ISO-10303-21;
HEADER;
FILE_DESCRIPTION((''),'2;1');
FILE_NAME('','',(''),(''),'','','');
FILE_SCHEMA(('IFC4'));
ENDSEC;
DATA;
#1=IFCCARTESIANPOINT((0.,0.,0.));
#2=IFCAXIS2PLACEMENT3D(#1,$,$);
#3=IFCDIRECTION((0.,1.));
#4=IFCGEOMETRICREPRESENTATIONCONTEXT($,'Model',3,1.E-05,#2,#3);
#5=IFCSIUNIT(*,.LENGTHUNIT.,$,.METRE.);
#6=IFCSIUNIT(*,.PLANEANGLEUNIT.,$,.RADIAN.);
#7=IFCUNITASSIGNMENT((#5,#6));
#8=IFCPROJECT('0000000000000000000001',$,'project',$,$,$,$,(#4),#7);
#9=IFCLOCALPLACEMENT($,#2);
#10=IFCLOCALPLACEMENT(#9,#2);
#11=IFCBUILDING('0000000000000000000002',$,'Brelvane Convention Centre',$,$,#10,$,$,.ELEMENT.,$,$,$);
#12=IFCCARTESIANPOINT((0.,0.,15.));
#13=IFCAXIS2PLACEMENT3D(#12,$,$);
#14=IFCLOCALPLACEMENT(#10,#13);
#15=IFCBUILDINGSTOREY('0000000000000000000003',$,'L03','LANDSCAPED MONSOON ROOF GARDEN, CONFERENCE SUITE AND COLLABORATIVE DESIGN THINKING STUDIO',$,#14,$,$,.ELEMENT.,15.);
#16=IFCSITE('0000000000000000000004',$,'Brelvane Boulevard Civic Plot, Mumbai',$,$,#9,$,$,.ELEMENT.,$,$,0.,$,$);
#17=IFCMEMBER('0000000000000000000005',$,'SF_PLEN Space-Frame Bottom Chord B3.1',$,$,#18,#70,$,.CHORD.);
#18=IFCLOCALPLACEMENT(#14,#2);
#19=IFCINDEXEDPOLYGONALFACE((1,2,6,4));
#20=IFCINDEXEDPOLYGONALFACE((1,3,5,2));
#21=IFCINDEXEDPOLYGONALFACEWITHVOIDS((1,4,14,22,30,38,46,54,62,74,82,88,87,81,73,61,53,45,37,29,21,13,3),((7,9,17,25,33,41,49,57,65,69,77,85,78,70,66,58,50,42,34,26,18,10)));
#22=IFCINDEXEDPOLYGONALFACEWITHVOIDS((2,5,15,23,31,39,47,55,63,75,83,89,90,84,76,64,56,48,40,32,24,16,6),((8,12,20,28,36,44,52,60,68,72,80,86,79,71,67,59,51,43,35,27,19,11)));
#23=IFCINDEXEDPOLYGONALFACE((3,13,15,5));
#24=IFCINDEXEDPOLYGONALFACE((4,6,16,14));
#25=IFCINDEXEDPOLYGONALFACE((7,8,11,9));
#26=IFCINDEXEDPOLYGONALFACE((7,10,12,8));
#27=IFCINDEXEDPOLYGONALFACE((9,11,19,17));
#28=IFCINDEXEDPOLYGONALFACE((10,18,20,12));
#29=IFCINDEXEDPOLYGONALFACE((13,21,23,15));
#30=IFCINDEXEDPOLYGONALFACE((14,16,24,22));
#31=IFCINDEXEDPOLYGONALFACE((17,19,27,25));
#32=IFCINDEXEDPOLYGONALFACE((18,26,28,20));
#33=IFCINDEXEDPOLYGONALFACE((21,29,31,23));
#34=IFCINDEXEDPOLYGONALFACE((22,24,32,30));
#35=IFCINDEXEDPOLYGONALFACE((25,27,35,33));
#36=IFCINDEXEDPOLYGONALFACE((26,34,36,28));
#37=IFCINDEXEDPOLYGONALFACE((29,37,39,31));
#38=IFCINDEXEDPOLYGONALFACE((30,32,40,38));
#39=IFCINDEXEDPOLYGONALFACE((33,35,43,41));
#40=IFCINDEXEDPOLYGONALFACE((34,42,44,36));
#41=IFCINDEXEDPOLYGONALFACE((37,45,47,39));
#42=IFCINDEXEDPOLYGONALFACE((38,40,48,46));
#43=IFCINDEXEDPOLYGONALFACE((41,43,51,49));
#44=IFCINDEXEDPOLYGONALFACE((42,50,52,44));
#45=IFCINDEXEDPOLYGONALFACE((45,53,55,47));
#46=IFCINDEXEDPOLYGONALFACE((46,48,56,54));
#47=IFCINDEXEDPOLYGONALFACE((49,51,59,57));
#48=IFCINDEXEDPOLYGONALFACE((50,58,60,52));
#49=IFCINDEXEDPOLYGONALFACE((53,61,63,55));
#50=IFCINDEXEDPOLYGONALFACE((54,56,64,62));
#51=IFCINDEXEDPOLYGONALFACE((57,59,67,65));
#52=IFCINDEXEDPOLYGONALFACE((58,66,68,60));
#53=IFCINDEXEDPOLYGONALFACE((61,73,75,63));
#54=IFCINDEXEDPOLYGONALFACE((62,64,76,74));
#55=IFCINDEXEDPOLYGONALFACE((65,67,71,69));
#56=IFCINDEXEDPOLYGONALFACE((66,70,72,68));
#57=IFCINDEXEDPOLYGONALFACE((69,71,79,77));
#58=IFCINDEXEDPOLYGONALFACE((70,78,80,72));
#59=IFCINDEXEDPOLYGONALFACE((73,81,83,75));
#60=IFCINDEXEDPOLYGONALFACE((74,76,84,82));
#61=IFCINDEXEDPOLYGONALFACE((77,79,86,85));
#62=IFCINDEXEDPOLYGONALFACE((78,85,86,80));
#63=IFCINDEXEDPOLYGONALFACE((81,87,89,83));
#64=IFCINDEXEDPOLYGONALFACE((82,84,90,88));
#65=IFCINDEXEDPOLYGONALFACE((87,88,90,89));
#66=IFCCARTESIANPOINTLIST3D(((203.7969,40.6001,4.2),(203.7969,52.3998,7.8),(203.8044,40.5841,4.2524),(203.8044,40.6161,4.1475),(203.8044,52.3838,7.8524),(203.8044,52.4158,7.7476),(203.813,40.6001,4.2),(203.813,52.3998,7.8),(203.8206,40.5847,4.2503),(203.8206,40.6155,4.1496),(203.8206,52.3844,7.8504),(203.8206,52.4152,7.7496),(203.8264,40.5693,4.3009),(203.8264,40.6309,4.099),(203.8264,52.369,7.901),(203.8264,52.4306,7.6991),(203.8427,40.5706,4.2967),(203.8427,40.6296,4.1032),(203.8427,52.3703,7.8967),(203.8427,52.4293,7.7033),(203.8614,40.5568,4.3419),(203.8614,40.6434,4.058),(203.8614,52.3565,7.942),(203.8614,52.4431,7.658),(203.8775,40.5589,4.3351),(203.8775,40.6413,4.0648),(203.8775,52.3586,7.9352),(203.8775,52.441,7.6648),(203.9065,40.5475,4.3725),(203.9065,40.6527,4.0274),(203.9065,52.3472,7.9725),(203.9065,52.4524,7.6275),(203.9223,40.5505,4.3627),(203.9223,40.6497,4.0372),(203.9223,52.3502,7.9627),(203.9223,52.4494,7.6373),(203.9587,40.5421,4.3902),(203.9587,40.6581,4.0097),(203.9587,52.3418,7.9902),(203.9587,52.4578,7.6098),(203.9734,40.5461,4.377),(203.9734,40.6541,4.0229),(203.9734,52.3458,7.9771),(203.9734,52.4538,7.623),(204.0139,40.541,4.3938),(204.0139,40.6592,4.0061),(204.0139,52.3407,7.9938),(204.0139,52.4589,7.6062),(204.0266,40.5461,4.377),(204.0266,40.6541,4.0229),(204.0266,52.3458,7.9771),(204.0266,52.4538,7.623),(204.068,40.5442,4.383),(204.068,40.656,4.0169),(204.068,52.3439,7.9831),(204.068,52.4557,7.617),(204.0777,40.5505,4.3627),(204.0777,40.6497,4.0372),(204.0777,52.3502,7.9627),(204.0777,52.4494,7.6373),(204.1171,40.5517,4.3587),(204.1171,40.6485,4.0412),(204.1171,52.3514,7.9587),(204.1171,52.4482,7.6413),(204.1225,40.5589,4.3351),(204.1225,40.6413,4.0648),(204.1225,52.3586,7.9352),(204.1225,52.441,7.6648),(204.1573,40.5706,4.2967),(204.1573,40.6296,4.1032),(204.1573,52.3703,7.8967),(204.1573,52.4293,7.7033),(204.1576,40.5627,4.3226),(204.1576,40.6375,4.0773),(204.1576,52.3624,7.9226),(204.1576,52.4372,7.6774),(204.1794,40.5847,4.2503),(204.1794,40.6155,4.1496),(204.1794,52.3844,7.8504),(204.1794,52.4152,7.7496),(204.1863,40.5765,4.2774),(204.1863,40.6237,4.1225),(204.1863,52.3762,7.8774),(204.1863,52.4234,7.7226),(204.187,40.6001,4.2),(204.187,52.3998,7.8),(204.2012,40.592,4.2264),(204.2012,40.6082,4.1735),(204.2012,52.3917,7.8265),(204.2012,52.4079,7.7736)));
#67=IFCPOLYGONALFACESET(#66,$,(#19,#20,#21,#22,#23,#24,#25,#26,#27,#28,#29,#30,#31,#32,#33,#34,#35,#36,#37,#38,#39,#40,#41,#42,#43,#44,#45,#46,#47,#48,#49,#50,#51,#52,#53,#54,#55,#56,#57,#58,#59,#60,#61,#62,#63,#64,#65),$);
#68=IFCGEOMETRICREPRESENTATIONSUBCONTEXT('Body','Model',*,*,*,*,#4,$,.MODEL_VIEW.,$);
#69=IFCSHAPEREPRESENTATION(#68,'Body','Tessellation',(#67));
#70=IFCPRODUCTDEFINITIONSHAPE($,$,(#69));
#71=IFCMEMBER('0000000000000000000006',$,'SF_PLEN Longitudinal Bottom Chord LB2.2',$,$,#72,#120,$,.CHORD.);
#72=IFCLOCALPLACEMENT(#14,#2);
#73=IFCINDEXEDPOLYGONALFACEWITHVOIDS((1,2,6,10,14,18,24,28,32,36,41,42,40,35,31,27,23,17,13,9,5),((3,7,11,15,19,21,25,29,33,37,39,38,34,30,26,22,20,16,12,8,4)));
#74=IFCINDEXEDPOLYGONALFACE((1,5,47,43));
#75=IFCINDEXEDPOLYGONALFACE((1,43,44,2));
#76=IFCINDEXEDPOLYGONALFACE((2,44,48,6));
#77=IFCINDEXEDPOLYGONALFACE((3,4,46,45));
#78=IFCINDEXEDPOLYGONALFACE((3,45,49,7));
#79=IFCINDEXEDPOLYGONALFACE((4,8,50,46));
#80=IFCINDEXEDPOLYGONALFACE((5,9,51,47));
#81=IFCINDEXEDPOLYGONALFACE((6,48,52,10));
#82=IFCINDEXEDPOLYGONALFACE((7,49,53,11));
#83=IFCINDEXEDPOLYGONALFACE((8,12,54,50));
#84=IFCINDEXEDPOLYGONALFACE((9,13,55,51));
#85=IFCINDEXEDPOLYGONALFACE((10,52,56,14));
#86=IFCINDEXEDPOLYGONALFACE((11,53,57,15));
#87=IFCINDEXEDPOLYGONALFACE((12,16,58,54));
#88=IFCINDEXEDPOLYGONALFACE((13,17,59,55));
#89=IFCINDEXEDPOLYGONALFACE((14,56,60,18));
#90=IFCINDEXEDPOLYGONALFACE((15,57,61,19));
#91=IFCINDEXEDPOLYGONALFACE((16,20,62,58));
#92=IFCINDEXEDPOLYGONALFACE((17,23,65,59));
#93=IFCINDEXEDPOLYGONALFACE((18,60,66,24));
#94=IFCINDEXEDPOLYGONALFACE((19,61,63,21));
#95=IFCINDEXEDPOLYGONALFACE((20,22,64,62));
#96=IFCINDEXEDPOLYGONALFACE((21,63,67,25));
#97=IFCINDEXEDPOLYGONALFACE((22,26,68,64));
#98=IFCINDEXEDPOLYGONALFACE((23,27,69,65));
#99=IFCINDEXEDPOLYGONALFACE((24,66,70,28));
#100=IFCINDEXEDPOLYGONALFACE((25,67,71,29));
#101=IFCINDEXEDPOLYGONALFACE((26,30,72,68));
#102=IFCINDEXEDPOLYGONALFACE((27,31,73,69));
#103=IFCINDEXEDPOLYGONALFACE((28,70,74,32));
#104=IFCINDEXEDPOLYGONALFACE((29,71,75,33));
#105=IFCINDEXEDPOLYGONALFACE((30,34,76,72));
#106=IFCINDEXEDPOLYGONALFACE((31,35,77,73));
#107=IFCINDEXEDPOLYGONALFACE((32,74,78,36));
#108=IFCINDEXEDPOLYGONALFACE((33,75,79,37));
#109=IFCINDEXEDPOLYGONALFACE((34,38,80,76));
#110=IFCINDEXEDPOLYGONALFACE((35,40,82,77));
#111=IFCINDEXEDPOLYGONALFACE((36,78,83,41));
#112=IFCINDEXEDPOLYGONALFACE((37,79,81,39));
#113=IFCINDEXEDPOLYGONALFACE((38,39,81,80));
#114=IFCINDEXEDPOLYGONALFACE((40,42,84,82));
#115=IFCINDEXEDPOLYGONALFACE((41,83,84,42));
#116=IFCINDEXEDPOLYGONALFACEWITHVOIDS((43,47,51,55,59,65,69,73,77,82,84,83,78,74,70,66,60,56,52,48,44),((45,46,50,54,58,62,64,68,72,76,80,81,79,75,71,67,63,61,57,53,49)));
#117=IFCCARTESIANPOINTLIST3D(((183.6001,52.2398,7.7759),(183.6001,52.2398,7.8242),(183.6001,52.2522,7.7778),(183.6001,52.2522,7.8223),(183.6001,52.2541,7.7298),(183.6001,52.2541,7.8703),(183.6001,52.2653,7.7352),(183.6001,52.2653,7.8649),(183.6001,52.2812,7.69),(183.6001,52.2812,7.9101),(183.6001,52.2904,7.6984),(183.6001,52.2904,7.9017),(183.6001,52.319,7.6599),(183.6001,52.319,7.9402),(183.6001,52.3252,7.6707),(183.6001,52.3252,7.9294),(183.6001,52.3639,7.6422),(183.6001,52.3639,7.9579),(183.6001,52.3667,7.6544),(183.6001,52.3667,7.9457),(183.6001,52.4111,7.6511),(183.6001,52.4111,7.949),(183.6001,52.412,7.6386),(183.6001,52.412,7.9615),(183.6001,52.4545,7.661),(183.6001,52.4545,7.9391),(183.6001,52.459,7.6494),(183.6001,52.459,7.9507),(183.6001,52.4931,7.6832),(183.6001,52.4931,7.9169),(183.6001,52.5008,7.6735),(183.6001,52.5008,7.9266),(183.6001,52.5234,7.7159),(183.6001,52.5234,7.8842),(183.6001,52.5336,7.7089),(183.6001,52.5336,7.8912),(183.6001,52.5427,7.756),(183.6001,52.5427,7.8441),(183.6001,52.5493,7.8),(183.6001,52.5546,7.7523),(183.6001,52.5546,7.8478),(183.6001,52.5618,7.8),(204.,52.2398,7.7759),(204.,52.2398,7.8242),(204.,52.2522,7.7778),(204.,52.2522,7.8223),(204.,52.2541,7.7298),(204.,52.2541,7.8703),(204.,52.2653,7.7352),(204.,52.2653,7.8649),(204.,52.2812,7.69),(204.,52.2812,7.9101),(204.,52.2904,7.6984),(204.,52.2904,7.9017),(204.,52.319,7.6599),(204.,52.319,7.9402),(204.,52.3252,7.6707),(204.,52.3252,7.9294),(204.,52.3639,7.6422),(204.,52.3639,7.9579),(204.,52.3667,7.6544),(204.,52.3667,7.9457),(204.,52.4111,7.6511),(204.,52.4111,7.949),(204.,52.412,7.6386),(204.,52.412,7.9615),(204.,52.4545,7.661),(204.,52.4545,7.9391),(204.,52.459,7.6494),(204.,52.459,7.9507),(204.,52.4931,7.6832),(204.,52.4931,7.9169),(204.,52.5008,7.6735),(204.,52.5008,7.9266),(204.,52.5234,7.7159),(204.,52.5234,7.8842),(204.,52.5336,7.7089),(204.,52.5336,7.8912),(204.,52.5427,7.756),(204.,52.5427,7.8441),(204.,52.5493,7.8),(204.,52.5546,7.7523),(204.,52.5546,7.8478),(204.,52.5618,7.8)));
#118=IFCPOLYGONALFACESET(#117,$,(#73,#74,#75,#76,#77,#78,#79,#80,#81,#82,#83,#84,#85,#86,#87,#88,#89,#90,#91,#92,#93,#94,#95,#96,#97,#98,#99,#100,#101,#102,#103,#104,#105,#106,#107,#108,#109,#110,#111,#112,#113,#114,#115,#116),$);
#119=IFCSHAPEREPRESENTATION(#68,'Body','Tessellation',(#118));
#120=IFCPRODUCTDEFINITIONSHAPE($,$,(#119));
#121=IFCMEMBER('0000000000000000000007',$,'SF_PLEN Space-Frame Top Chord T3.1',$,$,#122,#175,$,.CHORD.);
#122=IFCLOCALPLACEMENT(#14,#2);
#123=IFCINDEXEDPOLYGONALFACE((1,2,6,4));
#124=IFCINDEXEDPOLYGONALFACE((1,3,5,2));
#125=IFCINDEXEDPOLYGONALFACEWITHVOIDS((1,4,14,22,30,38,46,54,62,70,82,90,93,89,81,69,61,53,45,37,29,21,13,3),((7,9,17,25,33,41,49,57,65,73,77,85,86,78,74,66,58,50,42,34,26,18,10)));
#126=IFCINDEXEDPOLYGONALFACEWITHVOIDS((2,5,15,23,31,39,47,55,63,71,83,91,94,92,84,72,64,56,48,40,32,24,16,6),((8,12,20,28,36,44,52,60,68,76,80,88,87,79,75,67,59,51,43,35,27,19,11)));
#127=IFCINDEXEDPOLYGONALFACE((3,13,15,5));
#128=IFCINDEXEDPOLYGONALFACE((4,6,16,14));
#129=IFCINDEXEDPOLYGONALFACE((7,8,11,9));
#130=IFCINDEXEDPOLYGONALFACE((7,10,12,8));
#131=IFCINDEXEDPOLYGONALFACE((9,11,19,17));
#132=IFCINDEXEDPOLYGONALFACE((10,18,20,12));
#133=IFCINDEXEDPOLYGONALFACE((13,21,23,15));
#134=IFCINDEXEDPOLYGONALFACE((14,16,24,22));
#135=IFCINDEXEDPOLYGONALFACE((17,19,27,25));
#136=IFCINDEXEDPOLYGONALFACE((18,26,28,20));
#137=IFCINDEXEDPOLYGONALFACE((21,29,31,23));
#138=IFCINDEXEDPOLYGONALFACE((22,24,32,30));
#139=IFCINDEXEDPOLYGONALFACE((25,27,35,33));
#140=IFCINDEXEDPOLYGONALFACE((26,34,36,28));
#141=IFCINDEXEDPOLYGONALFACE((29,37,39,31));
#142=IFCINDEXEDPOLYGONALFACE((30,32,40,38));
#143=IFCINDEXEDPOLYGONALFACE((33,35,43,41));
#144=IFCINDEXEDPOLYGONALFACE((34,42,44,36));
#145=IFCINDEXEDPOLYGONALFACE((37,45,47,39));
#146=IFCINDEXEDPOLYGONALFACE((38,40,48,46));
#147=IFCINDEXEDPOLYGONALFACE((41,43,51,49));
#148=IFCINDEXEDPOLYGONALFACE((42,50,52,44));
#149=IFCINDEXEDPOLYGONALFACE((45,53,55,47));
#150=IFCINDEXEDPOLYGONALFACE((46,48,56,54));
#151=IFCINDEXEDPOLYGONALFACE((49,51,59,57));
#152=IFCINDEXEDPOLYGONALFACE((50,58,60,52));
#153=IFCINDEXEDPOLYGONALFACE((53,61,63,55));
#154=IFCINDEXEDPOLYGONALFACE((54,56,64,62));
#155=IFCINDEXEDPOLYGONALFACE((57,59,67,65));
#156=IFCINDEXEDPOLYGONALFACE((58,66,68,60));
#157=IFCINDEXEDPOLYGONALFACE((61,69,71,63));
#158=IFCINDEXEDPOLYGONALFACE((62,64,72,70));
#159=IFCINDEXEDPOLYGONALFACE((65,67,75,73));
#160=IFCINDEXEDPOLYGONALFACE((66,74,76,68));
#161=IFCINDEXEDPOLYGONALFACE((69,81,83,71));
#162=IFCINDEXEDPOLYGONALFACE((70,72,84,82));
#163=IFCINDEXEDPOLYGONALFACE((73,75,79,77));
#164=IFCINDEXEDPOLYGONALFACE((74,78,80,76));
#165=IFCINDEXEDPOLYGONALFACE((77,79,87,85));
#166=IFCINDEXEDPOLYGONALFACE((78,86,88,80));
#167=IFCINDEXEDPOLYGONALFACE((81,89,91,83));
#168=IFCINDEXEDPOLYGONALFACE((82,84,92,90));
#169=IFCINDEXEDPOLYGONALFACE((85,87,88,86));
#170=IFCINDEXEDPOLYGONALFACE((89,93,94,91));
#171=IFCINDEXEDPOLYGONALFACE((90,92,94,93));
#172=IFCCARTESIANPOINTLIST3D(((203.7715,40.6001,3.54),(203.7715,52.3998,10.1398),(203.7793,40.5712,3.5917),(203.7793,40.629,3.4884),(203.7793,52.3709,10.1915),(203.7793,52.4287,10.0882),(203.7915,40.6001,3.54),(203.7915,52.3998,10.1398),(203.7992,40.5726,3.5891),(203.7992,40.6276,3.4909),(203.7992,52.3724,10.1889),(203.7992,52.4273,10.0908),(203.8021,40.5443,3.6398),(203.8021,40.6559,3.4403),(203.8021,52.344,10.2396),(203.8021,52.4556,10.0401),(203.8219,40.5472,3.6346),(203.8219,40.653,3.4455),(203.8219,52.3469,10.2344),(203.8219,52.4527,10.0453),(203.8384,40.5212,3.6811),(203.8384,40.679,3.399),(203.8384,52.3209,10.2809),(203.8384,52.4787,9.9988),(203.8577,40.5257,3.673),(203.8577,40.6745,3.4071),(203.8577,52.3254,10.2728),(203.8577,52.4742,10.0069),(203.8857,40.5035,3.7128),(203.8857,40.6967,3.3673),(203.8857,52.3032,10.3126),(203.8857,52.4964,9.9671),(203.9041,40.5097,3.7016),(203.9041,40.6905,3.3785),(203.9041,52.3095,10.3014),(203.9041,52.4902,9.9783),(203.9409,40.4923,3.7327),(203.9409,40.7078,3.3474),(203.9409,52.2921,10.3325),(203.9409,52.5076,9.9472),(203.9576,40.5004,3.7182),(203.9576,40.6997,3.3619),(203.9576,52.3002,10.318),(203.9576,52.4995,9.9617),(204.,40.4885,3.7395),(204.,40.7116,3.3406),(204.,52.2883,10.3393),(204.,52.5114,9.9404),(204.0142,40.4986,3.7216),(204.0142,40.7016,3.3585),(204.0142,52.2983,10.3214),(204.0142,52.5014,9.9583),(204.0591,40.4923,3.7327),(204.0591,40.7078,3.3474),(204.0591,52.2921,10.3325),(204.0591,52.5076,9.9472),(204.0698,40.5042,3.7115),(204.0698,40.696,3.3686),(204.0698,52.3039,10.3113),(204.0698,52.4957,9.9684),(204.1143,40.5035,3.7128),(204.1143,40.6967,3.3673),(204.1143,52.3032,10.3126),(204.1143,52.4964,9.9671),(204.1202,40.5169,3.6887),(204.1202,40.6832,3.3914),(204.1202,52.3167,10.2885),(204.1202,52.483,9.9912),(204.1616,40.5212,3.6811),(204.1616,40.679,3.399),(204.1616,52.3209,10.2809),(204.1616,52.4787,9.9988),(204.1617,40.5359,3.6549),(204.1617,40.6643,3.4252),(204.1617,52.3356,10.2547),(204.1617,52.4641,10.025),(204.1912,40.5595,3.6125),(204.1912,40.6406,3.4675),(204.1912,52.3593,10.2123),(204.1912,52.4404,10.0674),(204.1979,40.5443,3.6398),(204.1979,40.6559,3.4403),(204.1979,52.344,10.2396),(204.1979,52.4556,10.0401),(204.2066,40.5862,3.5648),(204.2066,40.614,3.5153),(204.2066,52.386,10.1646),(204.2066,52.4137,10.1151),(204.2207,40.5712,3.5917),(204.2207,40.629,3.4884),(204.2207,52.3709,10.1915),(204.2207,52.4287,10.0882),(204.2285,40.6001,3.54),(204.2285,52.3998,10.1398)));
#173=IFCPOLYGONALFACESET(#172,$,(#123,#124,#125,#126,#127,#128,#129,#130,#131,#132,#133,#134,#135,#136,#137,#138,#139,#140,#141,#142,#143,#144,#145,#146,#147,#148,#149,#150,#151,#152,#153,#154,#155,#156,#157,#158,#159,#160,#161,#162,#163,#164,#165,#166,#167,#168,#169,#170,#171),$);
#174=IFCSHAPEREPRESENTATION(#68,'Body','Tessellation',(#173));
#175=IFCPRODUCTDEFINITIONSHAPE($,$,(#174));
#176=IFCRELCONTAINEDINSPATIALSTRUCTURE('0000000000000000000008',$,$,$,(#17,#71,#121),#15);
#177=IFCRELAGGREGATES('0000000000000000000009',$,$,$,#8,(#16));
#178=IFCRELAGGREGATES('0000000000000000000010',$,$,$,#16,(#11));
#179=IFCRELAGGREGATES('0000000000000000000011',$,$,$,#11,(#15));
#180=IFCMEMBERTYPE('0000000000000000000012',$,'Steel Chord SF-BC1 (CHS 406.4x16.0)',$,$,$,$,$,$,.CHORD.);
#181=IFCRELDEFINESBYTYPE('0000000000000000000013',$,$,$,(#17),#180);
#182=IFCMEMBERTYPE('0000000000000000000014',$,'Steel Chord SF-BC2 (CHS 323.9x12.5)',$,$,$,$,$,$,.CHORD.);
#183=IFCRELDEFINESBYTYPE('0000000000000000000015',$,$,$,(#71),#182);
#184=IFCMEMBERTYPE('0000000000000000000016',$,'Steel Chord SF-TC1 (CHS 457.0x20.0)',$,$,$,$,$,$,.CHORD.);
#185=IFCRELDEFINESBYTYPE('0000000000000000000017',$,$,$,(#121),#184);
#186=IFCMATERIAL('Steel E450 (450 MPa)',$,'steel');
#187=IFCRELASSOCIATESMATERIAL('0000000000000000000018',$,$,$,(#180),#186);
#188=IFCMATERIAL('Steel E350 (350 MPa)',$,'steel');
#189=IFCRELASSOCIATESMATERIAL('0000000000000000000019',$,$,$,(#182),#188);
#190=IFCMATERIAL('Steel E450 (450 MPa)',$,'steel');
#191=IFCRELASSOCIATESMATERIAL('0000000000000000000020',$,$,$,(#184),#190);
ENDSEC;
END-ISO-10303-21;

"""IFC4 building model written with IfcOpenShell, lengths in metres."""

from ifc_helpers import new_model, si_unit, direction, frame, origin, origin_2d, place, context, subcontext, project, spatial, hollow_circle, extrude, material, material_profile, profile_set, type_object, element, save


model = new_model("IFC4")

# Units and contexts
model_context = context("Model", 3, precision=1e-05, world=origin(), true_north=direction((0.0, 1.0)))
body_context = subcontext(model_context, "Body", "Model", "MODEL_VIEW")
ifc_project = project(units=[si_unit("LENGTHUNIT", "METRE"), si_unit("PLANEANGLEUNIT", "RADIAN")], contexts=[model_context])

# Site, building, storey
site_placement = place(None, origin())
site = spatial("IfcSite", under=ifc_project, at=site_placement, Name="Brelvane Boulevard Civic Plot, Mumbai", CompositionType="ELEMENT", RefElevation=0.0)
building_placement = place(site_placement, origin())
building = spatial("IfcBuilding", under=site, at=building_placement, Name="Brelvane Convention Centre", CompositionType="ELEMENT")
storey_placement = place(building_placement, frame((0.0, 0.0, 15.0)))
storey = spatial("IfcBuildingStorey", under=building, at=storey_placement, Name="L03", Description="LANDSCAPED MONSOON ROOF GARDEN, CONFERENCE SUITE AND COLLABORATIVE DESIGN THINKING STUDIO", CompositionType="ELEMENT", Elevation=15.0)

# Members
ifc_material_1 = material(Name="Steel E450 (450 MPa)", Category="steel")
ifc_material_profile_1 = material_profile(ifc_material_1, hollow_circle(Radius=0.2031, WallThickness=0.0161, at=origin_2d()), Name="CHS 406.4x16.0")
ifc_profile_set_1 = profile_set([ifc_material_profile_1], Name="Steel E450 (450 MPa)")
member_type_1 = type_object("IfcMemberType", Name="Steel Chord SF-BC1 (CHS 406.4x16.0)", PredefinedType="CHORD", material=ifc_profile_set_1)
member_1_placement = place(storey_placement, frame((204.0, 40.6001, 4.2), z_axis=(0.0, 0.956474, 0.291818), x_axis=(-1.0, 0.0, 0.0)))
element("IfcMember", 1, at=member_1_placement, inside=storey, type_object=member_type_1, Name="SF_PLEN Space-Frame Bottom Chord B3.1", PredefinedType="CHORD", context=body_context, shape_type="SweptSolid", body=[
    extrude(hollow_circle(Radius=0.2031, WallThickness=0.0161, at=origin_2d()), origin(), (0.0, 0.0, 1.0), 12.3367),
])
ifc_material_2 = material(Name="Steel E350 (350 MPa)", Category="steel")
ifc_material_profile_2 = material_profile(ifc_material_2, hollow_circle(Radius=0.1619, WallThickness=0.0125, at=origin_2d()), Name="CHS 323.9x12.5")
ifc_profile_set_2 = profile_set([ifc_material_profile_2], Name="Steel E350 (350 MPa)")
member_type_2 = type_object("IfcMemberType", Name="Steel Chord SF-BC2 (CHS 323.9x12.5)", PredefinedType="CHORD", material=ifc_profile_set_2)
member_2_placement = place(storey_placement, frame((183.6001, 52.3999, 7.8), z_axis=(1.0, 0.0, 0.0), x_axis=(0.0, 1.0, 0.0)))
element("IfcMember", 2, at=member_2_placement, inside=storey, type_object=member_type_2, Name="SF_PLEN Longitudinal Bottom Chord LB2.2", PredefinedType="CHORD", context=body_context, shape_type="SweptSolid", body=[
    extrude(hollow_circle(Radius=0.1619, WallThickness=0.0125, at=origin_2d()), origin(), (0.0, 0.0, 1.0), 20.3999),
])
ifc_material_3 = material(Name="Steel E450 (450 MPa)", Category="steel")
ifc_material_profile_3 = material_profile(ifc_material_3, hollow_circle(Radius=0.2285, WallThickness=0.02, at=origin_2d()), Name="CHS 457.0x20.0")
ifc_profile_set_3 = profile_set([ifc_material_profile_3], Name="Steel E450 (450 MPa)")
member_type_3 = type_object("IfcMemberType", Name="Steel Chord SF-TC1 (CHS 457.0x20.0)", PredefinedType="CHORD", material=ifc_profile_set_3)
member_3_placement = place(storey_placement, frame((204.0, 40.6001, 3.54), z_axis=(0.0, 0.872759, 0.488151), x_axis=(-1.0, 0.0, 0.0)))
element("IfcMember", 3, at=member_3_placement, inside=storey, type_object=member_type_3, Name="SF_PLEN Space-Frame Top Chord T3.1", PredefinedType="CHORD", context=body_context, shape_type="SweptSolid", body=[
    extrude(hollow_circle(Radius=0.2285, WallThickness=0.02, at=origin_2d()), origin(), (0.0, 0.0, 1.0), 13.52),
])

save(model, "model.ifc")
